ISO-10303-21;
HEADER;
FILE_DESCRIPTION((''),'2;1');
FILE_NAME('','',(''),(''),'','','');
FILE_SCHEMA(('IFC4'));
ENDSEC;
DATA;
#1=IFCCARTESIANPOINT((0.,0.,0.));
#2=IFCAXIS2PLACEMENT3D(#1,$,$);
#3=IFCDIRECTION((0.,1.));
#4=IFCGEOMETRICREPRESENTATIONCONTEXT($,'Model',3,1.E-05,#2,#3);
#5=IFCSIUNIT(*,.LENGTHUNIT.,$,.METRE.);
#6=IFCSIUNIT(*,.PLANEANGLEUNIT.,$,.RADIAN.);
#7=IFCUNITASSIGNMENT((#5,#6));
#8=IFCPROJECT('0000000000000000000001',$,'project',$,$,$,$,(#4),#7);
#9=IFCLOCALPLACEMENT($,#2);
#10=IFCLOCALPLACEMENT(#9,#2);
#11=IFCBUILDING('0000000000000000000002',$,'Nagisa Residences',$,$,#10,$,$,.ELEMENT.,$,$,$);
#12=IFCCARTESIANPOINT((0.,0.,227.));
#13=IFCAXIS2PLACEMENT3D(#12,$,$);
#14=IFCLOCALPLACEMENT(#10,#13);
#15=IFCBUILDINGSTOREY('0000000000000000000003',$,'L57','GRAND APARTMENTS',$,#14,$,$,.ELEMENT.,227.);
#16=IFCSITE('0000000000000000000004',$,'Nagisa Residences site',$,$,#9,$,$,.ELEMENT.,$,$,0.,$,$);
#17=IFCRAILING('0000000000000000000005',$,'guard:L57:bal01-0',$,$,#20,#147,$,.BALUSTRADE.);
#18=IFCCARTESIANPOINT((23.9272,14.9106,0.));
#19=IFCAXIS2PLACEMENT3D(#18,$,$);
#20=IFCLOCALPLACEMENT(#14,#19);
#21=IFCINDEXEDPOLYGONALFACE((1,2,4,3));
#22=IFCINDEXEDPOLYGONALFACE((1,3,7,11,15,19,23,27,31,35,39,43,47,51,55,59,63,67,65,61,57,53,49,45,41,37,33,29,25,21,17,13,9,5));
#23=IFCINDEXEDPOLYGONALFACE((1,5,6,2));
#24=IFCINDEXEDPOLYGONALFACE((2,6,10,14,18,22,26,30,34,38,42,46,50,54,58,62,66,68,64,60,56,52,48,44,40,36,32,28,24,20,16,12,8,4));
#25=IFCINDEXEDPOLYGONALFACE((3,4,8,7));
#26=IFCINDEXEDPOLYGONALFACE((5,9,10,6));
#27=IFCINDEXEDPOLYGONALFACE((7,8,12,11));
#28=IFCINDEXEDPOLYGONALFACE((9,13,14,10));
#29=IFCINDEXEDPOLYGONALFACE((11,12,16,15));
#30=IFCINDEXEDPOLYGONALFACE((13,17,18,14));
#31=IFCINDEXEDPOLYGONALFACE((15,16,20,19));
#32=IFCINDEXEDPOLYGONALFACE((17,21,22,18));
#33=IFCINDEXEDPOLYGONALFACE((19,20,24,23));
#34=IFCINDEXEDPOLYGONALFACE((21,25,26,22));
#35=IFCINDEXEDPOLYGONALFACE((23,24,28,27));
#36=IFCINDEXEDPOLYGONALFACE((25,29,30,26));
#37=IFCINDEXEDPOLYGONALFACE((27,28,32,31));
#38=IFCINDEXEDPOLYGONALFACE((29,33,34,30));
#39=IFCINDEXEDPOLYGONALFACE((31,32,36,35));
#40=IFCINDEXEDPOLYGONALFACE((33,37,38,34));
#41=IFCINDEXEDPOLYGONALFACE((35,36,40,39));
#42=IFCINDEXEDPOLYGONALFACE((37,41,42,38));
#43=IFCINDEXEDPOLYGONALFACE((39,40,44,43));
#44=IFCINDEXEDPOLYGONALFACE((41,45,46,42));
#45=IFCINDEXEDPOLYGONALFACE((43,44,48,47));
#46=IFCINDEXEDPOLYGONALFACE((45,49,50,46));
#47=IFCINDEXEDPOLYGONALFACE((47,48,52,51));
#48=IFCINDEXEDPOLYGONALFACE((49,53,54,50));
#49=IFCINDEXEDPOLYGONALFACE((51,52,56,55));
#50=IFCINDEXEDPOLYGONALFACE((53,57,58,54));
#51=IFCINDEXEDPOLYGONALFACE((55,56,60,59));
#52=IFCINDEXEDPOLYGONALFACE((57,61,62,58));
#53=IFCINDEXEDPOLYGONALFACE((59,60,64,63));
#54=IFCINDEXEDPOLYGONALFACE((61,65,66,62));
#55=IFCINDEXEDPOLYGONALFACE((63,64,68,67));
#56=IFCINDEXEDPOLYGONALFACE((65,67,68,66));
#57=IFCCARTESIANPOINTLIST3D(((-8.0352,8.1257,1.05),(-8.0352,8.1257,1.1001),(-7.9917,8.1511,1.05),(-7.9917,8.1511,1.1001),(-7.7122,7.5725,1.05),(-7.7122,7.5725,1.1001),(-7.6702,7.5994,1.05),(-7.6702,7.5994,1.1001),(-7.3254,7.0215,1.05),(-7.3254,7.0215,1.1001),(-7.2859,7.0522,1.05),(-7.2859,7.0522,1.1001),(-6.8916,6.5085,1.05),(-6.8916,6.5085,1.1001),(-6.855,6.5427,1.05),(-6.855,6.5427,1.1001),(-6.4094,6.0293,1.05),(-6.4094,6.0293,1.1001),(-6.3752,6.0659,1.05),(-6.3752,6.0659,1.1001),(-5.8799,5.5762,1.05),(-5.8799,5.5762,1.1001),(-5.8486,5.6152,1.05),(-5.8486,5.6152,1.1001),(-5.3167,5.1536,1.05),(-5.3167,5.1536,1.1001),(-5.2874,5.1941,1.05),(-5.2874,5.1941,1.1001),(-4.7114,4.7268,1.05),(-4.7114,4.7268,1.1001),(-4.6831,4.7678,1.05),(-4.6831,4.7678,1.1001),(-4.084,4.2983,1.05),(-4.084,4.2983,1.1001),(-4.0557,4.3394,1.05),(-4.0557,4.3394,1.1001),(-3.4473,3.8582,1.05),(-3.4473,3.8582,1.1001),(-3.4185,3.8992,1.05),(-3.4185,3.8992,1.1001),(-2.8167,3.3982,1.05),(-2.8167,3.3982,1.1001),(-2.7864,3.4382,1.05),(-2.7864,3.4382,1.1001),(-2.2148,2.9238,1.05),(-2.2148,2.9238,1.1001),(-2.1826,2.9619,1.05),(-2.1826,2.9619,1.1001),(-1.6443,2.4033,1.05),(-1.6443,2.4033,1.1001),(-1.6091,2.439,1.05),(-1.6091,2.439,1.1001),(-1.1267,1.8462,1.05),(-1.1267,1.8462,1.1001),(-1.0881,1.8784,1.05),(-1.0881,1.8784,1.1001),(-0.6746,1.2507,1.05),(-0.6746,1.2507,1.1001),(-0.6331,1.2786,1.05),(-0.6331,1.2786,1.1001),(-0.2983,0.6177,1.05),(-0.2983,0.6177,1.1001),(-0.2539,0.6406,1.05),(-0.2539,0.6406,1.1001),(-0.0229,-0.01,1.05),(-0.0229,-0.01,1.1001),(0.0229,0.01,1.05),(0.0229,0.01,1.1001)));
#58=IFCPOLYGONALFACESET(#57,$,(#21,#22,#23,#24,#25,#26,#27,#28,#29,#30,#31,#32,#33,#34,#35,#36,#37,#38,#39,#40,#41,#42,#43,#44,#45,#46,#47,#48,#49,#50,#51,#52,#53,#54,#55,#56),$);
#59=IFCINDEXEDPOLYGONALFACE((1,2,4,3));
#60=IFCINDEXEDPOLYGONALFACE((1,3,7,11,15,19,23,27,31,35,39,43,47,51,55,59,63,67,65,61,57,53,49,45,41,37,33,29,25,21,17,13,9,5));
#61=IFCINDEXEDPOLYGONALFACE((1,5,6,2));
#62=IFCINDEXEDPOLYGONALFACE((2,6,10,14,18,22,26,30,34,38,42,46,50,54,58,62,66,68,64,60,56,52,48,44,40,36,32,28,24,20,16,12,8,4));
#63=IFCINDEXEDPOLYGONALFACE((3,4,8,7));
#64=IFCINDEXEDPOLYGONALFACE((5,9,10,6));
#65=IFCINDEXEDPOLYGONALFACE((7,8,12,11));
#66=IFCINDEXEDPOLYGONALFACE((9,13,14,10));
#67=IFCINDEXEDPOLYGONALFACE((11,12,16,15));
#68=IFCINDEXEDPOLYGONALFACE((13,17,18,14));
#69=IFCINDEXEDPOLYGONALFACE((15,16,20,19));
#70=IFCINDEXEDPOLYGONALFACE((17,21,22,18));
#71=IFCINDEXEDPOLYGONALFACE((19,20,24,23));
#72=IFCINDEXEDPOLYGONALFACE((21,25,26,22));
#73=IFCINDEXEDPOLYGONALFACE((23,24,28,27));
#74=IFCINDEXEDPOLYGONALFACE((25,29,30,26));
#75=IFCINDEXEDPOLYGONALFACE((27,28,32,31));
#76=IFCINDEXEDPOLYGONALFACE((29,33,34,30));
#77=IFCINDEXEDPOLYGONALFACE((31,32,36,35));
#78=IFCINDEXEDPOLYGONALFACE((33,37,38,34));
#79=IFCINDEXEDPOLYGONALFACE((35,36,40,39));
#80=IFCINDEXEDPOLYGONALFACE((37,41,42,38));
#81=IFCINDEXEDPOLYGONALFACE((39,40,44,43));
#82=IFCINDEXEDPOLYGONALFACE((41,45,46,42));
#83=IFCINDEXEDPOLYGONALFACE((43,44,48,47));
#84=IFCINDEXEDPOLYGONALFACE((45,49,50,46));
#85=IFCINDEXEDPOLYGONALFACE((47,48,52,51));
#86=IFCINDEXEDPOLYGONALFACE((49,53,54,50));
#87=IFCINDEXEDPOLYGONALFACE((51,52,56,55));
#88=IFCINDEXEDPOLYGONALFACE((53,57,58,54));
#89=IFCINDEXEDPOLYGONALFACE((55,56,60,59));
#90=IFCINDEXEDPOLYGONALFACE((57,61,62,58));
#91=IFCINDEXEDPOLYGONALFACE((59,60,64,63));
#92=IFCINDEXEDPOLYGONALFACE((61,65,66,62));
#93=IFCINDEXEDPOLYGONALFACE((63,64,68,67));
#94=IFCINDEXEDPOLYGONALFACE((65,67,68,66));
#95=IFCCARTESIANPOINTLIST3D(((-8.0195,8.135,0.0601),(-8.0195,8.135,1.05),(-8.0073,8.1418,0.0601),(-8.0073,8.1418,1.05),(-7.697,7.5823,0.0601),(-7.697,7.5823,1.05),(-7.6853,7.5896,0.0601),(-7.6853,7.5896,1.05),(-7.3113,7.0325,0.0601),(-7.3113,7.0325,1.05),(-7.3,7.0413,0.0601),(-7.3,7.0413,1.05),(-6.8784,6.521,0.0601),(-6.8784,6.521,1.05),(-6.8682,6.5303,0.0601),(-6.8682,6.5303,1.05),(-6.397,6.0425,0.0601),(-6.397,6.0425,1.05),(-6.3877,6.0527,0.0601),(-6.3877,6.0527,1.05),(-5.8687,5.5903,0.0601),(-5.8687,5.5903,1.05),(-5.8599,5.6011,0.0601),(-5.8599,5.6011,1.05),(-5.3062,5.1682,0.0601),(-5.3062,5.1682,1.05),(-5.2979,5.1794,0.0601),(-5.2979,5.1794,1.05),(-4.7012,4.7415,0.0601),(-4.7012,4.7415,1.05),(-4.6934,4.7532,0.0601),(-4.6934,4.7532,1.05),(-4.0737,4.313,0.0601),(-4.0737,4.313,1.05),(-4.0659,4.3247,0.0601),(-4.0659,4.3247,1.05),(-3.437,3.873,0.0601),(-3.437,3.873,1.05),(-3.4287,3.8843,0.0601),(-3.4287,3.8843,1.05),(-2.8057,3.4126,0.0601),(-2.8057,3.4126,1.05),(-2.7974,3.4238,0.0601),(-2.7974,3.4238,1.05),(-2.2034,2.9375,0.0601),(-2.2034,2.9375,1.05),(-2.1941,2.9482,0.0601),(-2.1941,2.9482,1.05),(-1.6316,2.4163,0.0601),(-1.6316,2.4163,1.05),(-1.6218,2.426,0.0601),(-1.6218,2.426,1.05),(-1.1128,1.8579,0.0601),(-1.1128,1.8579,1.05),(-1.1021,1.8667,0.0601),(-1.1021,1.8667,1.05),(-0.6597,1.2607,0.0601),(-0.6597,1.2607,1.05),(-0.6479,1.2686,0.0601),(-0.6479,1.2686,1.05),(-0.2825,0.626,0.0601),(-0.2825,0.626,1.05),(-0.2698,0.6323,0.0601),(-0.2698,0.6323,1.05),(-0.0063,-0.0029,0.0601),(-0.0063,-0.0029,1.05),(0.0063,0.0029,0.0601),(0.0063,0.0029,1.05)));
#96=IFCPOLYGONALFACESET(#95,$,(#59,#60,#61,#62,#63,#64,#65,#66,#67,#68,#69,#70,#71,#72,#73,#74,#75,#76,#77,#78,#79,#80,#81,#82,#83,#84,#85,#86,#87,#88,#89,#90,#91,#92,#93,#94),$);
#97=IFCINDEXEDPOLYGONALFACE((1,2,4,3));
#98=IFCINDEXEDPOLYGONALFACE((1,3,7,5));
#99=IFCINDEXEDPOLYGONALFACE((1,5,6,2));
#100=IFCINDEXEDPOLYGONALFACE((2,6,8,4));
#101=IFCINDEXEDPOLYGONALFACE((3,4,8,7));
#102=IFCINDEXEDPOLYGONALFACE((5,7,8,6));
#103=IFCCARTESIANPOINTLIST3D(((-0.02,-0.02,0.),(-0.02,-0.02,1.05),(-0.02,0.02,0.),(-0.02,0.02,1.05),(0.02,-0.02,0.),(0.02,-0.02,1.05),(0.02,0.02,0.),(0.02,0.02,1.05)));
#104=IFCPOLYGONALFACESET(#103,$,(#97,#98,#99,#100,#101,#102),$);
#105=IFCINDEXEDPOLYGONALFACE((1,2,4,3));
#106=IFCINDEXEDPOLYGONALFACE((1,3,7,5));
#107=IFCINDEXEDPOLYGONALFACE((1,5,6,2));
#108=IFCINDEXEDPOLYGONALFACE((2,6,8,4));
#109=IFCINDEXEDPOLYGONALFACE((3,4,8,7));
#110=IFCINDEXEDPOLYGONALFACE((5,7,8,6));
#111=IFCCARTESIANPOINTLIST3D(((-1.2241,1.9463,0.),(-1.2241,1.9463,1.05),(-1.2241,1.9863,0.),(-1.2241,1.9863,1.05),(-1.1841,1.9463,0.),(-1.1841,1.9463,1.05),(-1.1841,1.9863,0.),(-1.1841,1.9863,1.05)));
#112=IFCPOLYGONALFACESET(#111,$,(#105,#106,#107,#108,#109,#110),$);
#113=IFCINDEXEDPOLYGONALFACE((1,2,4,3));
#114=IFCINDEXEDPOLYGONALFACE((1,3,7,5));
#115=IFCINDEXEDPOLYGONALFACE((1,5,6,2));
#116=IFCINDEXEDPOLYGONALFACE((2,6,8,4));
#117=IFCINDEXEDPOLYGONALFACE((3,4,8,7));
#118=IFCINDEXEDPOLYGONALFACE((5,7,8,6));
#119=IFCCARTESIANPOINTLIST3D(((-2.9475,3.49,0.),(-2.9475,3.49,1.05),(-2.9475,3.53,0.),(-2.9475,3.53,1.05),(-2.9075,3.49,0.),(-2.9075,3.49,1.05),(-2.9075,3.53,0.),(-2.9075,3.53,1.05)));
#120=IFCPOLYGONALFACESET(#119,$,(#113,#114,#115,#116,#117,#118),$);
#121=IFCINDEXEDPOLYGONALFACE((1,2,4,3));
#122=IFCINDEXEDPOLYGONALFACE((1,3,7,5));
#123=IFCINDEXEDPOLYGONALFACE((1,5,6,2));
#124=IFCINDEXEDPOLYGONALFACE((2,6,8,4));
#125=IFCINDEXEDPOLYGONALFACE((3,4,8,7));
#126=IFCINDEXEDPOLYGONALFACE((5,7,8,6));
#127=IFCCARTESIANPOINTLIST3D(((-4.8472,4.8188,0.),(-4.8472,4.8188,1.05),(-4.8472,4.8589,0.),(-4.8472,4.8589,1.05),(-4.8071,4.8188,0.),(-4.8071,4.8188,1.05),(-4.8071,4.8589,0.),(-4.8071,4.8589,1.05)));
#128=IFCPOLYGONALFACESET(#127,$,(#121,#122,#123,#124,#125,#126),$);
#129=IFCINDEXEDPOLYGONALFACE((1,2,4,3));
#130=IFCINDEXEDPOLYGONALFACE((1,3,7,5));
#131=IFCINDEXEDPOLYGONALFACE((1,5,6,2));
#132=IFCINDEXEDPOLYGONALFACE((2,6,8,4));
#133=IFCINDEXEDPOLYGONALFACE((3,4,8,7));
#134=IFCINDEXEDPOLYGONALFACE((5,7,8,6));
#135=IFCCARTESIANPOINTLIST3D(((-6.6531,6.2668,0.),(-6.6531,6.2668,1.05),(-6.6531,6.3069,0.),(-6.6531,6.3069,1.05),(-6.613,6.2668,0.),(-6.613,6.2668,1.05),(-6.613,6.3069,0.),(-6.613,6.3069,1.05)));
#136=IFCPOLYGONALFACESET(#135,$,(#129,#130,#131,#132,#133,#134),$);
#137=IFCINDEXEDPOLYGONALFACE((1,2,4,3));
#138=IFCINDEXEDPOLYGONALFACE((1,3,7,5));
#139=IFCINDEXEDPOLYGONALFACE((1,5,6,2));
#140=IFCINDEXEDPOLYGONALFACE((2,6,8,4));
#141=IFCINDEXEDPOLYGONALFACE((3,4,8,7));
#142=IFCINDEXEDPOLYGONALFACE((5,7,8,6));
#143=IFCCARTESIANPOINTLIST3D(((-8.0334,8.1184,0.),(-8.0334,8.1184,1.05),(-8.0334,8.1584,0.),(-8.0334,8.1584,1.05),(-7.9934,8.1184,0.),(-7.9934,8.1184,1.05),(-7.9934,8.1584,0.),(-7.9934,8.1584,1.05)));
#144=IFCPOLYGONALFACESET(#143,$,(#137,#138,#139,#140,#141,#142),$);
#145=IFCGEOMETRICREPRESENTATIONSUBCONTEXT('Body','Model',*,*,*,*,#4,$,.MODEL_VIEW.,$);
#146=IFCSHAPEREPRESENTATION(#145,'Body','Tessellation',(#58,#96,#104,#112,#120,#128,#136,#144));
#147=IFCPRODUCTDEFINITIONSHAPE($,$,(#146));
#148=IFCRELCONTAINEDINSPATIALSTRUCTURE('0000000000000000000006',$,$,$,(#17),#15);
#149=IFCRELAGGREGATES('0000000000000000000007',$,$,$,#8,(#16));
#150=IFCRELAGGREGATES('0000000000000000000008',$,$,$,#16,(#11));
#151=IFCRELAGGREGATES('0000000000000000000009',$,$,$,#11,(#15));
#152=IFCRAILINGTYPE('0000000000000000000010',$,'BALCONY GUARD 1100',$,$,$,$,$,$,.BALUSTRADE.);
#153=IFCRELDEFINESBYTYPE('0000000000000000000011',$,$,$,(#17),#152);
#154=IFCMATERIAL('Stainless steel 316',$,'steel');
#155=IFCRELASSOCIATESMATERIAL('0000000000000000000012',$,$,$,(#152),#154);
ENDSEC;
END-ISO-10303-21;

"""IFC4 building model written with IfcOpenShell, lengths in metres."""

from ifc_helpers import new_model, si_unit, direction, frame, origin, origin_2d, place, context, subcontext, project, spatial, polyline, rectangle, outline, extrude, material, type_object, element, save


model = new_model("IFC4")

# Units and contexts
model_context = context("Model", 3, precision=1e-05, world=origin(), true_north=direction((0.0, 1.0)))
body_context = subcontext(model_context, "Body", "Model", "MODEL_VIEW")
ifc_project = project(units=[si_unit("LENGTHUNIT", "METRE"), si_unit("PLANEANGLEUNIT", "RADIAN")], contexts=[model_context])

# Site, building, storey
site_placement = place(None, origin())
site = spatial("IfcSite", under=ifc_project, at=site_placement, Name="Nagisa Residences site", CompositionType="ELEMENT", RefElevation=0.0)
building_placement = place(site_placement, origin())
building = spatial("IfcBuilding", under=site, at=building_placement, Name="Nagisa Residences", CompositionType="ELEMENT")
storey_placement = place(building_placement, frame((0.0, 0.0, 227.0)))
storey = spatial("IfcBuildingStorey", under=building, at=storey_placement, Name="L57", Description="GRAND APARTMENTS", CompositionType="ELEMENT", Elevation=227.0)

# Railing
ifc_material_1 = material(Name="Stainless steel 316", Category="steel")
railing_type = type_object("IfcRailingType", Name="BALCONY GUARD 1100", PredefinedType="BALUSTRADE", material=ifc_material_1)
railing_1_placement = place(storey_placement, frame((23.9272, 14.9106, 0.0)))
element("IfcRailing", 1, at=railing_1_placement, inside=storey, type_object=railing_type, Name="guard:L57:bal01-0", PredefinedType="BALUSTRADE", context=body_context, shape_type="SweptSolid", body=[
    extrude(outline(polyline([(-0.2983, 0.6177), (-0.0229, -0.01), (0.0229, 0.01), (-0.2539, 0.6406), (-0.6331, 1.2786), (-1.0881, 1.8784), (-1.6091, 2.439), (-2.1826, 2.9619), (-2.7864, 3.4382), (-3.4185, 3.8992), (-4.0557, 4.3394), (-4.6831, 4.7678), (-5.2874, 5.1941), (-5.8486, 5.6152), (-6.3752, 6.0659), (-6.855, 6.5427), (-7.2859, 7.0522), (-7.6702, 7.5994), (-7.9917, 8.1511), (-8.0352, 8.1257), (-7.7122, 7.5725), (-7.3254, 7.0215), (-6.8916, 6.5085), (-6.4094, 6.0293), (-5.8799, 5.5762), (-5.3167, 5.1536), (-4.7114, 4.7268), (-4.084, 4.2983), (-3.4473, 3.8582), (-2.8167, 3.3982), (-2.2148, 2.9238), (-1.6443, 2.4033), (-1.1267, 1.8462), (-0.6746, 1.2507), (-0.2983, 0.6177)])), frame((0.0, 0.0, 1.05)), (0.0, 0.0, 1.0), 0.05),
    extrude(outline(polyline([(-0.2825, 0.626), (-0.0063, -0.0029), (0.0063, 0.0029), (-0.2698, 0.6323), (-0.6479, 1.2686), (-1.1021, 1.8667), (-1.6218, 2.426), (-2.1941, 2.9482), (-2.7974, 3.4238), (-3.4287, 3.8843), (-4.0659, 4.3247), (-4.6934, 4.7532), (-5.2979, 5.1794), (-5.8599, 5.6011), (-6.3877, 6.0527), (-6.8682, 6.5303), (-7.3, 7.0413), (-7.6853, 7.5896), (-8.0073, 8.1418), (-8.0195, 8.135), (-7.697, 7.5823), (-7.3113, 7.0325), (-6.8784, 6.521), (-6.397, 6.0425), (-5.8687, 5.5903), (-5.3062, 5.1682), (-4.7012, 4.7415), (-4.0737, 4.313), (-3.437, 3.873), (-2.8057, 3.4126), (-2.2034, 2.9375), (-1.6316, 2.4163), (-1.1128, 1.8579), (-0.6597, 1.2607), (-0.2825, 0.626)])), frame((0.0, 0.0, 0.0601)), (0.0, 0.0, 1.0), 0.99),
    extrude(rectangle(XDim=0.04, YDim=0.04, at=origin_2d()), origin(), (0.0, 0.0, 1.0), 1.05),
    extrude(rectangle(XDim=0.04, YDim=0.04, at=origin_2d()), frame((-1.2041, 1.9663, 0.0)), (0.0, 0.0, 1.0), 1.05),
    extrude(rectangle(XDim=0.04, YDim=0.04, at=origin_2d()), frame((-2.9275, 3.51, 0.0)), (0.0, 0.0, 1.0), 1.05),
    extrude(rectangle(XDim=0.04, YDim=0.04, at=origin_2d()), frame((-4.8271, 4.8389, 0.0)), (0.0, 0.0, 1.0), 1.05),
    extrude(rectangle(XDim=0.04, YDim=0.04, at=origin_2d()), frame((-6.6331, 6.2869, 0.0)), (0.0, 0.0, 1.0), 1.05),
    extrude(rectangle(XDim=0.04, YDim=0.04, at=origin_2d()), frame((-8.0134, 8.1384, 0.0)), (0.0, 0.0, 1.0), 1.05),
])

save(model, "model.ifc")
